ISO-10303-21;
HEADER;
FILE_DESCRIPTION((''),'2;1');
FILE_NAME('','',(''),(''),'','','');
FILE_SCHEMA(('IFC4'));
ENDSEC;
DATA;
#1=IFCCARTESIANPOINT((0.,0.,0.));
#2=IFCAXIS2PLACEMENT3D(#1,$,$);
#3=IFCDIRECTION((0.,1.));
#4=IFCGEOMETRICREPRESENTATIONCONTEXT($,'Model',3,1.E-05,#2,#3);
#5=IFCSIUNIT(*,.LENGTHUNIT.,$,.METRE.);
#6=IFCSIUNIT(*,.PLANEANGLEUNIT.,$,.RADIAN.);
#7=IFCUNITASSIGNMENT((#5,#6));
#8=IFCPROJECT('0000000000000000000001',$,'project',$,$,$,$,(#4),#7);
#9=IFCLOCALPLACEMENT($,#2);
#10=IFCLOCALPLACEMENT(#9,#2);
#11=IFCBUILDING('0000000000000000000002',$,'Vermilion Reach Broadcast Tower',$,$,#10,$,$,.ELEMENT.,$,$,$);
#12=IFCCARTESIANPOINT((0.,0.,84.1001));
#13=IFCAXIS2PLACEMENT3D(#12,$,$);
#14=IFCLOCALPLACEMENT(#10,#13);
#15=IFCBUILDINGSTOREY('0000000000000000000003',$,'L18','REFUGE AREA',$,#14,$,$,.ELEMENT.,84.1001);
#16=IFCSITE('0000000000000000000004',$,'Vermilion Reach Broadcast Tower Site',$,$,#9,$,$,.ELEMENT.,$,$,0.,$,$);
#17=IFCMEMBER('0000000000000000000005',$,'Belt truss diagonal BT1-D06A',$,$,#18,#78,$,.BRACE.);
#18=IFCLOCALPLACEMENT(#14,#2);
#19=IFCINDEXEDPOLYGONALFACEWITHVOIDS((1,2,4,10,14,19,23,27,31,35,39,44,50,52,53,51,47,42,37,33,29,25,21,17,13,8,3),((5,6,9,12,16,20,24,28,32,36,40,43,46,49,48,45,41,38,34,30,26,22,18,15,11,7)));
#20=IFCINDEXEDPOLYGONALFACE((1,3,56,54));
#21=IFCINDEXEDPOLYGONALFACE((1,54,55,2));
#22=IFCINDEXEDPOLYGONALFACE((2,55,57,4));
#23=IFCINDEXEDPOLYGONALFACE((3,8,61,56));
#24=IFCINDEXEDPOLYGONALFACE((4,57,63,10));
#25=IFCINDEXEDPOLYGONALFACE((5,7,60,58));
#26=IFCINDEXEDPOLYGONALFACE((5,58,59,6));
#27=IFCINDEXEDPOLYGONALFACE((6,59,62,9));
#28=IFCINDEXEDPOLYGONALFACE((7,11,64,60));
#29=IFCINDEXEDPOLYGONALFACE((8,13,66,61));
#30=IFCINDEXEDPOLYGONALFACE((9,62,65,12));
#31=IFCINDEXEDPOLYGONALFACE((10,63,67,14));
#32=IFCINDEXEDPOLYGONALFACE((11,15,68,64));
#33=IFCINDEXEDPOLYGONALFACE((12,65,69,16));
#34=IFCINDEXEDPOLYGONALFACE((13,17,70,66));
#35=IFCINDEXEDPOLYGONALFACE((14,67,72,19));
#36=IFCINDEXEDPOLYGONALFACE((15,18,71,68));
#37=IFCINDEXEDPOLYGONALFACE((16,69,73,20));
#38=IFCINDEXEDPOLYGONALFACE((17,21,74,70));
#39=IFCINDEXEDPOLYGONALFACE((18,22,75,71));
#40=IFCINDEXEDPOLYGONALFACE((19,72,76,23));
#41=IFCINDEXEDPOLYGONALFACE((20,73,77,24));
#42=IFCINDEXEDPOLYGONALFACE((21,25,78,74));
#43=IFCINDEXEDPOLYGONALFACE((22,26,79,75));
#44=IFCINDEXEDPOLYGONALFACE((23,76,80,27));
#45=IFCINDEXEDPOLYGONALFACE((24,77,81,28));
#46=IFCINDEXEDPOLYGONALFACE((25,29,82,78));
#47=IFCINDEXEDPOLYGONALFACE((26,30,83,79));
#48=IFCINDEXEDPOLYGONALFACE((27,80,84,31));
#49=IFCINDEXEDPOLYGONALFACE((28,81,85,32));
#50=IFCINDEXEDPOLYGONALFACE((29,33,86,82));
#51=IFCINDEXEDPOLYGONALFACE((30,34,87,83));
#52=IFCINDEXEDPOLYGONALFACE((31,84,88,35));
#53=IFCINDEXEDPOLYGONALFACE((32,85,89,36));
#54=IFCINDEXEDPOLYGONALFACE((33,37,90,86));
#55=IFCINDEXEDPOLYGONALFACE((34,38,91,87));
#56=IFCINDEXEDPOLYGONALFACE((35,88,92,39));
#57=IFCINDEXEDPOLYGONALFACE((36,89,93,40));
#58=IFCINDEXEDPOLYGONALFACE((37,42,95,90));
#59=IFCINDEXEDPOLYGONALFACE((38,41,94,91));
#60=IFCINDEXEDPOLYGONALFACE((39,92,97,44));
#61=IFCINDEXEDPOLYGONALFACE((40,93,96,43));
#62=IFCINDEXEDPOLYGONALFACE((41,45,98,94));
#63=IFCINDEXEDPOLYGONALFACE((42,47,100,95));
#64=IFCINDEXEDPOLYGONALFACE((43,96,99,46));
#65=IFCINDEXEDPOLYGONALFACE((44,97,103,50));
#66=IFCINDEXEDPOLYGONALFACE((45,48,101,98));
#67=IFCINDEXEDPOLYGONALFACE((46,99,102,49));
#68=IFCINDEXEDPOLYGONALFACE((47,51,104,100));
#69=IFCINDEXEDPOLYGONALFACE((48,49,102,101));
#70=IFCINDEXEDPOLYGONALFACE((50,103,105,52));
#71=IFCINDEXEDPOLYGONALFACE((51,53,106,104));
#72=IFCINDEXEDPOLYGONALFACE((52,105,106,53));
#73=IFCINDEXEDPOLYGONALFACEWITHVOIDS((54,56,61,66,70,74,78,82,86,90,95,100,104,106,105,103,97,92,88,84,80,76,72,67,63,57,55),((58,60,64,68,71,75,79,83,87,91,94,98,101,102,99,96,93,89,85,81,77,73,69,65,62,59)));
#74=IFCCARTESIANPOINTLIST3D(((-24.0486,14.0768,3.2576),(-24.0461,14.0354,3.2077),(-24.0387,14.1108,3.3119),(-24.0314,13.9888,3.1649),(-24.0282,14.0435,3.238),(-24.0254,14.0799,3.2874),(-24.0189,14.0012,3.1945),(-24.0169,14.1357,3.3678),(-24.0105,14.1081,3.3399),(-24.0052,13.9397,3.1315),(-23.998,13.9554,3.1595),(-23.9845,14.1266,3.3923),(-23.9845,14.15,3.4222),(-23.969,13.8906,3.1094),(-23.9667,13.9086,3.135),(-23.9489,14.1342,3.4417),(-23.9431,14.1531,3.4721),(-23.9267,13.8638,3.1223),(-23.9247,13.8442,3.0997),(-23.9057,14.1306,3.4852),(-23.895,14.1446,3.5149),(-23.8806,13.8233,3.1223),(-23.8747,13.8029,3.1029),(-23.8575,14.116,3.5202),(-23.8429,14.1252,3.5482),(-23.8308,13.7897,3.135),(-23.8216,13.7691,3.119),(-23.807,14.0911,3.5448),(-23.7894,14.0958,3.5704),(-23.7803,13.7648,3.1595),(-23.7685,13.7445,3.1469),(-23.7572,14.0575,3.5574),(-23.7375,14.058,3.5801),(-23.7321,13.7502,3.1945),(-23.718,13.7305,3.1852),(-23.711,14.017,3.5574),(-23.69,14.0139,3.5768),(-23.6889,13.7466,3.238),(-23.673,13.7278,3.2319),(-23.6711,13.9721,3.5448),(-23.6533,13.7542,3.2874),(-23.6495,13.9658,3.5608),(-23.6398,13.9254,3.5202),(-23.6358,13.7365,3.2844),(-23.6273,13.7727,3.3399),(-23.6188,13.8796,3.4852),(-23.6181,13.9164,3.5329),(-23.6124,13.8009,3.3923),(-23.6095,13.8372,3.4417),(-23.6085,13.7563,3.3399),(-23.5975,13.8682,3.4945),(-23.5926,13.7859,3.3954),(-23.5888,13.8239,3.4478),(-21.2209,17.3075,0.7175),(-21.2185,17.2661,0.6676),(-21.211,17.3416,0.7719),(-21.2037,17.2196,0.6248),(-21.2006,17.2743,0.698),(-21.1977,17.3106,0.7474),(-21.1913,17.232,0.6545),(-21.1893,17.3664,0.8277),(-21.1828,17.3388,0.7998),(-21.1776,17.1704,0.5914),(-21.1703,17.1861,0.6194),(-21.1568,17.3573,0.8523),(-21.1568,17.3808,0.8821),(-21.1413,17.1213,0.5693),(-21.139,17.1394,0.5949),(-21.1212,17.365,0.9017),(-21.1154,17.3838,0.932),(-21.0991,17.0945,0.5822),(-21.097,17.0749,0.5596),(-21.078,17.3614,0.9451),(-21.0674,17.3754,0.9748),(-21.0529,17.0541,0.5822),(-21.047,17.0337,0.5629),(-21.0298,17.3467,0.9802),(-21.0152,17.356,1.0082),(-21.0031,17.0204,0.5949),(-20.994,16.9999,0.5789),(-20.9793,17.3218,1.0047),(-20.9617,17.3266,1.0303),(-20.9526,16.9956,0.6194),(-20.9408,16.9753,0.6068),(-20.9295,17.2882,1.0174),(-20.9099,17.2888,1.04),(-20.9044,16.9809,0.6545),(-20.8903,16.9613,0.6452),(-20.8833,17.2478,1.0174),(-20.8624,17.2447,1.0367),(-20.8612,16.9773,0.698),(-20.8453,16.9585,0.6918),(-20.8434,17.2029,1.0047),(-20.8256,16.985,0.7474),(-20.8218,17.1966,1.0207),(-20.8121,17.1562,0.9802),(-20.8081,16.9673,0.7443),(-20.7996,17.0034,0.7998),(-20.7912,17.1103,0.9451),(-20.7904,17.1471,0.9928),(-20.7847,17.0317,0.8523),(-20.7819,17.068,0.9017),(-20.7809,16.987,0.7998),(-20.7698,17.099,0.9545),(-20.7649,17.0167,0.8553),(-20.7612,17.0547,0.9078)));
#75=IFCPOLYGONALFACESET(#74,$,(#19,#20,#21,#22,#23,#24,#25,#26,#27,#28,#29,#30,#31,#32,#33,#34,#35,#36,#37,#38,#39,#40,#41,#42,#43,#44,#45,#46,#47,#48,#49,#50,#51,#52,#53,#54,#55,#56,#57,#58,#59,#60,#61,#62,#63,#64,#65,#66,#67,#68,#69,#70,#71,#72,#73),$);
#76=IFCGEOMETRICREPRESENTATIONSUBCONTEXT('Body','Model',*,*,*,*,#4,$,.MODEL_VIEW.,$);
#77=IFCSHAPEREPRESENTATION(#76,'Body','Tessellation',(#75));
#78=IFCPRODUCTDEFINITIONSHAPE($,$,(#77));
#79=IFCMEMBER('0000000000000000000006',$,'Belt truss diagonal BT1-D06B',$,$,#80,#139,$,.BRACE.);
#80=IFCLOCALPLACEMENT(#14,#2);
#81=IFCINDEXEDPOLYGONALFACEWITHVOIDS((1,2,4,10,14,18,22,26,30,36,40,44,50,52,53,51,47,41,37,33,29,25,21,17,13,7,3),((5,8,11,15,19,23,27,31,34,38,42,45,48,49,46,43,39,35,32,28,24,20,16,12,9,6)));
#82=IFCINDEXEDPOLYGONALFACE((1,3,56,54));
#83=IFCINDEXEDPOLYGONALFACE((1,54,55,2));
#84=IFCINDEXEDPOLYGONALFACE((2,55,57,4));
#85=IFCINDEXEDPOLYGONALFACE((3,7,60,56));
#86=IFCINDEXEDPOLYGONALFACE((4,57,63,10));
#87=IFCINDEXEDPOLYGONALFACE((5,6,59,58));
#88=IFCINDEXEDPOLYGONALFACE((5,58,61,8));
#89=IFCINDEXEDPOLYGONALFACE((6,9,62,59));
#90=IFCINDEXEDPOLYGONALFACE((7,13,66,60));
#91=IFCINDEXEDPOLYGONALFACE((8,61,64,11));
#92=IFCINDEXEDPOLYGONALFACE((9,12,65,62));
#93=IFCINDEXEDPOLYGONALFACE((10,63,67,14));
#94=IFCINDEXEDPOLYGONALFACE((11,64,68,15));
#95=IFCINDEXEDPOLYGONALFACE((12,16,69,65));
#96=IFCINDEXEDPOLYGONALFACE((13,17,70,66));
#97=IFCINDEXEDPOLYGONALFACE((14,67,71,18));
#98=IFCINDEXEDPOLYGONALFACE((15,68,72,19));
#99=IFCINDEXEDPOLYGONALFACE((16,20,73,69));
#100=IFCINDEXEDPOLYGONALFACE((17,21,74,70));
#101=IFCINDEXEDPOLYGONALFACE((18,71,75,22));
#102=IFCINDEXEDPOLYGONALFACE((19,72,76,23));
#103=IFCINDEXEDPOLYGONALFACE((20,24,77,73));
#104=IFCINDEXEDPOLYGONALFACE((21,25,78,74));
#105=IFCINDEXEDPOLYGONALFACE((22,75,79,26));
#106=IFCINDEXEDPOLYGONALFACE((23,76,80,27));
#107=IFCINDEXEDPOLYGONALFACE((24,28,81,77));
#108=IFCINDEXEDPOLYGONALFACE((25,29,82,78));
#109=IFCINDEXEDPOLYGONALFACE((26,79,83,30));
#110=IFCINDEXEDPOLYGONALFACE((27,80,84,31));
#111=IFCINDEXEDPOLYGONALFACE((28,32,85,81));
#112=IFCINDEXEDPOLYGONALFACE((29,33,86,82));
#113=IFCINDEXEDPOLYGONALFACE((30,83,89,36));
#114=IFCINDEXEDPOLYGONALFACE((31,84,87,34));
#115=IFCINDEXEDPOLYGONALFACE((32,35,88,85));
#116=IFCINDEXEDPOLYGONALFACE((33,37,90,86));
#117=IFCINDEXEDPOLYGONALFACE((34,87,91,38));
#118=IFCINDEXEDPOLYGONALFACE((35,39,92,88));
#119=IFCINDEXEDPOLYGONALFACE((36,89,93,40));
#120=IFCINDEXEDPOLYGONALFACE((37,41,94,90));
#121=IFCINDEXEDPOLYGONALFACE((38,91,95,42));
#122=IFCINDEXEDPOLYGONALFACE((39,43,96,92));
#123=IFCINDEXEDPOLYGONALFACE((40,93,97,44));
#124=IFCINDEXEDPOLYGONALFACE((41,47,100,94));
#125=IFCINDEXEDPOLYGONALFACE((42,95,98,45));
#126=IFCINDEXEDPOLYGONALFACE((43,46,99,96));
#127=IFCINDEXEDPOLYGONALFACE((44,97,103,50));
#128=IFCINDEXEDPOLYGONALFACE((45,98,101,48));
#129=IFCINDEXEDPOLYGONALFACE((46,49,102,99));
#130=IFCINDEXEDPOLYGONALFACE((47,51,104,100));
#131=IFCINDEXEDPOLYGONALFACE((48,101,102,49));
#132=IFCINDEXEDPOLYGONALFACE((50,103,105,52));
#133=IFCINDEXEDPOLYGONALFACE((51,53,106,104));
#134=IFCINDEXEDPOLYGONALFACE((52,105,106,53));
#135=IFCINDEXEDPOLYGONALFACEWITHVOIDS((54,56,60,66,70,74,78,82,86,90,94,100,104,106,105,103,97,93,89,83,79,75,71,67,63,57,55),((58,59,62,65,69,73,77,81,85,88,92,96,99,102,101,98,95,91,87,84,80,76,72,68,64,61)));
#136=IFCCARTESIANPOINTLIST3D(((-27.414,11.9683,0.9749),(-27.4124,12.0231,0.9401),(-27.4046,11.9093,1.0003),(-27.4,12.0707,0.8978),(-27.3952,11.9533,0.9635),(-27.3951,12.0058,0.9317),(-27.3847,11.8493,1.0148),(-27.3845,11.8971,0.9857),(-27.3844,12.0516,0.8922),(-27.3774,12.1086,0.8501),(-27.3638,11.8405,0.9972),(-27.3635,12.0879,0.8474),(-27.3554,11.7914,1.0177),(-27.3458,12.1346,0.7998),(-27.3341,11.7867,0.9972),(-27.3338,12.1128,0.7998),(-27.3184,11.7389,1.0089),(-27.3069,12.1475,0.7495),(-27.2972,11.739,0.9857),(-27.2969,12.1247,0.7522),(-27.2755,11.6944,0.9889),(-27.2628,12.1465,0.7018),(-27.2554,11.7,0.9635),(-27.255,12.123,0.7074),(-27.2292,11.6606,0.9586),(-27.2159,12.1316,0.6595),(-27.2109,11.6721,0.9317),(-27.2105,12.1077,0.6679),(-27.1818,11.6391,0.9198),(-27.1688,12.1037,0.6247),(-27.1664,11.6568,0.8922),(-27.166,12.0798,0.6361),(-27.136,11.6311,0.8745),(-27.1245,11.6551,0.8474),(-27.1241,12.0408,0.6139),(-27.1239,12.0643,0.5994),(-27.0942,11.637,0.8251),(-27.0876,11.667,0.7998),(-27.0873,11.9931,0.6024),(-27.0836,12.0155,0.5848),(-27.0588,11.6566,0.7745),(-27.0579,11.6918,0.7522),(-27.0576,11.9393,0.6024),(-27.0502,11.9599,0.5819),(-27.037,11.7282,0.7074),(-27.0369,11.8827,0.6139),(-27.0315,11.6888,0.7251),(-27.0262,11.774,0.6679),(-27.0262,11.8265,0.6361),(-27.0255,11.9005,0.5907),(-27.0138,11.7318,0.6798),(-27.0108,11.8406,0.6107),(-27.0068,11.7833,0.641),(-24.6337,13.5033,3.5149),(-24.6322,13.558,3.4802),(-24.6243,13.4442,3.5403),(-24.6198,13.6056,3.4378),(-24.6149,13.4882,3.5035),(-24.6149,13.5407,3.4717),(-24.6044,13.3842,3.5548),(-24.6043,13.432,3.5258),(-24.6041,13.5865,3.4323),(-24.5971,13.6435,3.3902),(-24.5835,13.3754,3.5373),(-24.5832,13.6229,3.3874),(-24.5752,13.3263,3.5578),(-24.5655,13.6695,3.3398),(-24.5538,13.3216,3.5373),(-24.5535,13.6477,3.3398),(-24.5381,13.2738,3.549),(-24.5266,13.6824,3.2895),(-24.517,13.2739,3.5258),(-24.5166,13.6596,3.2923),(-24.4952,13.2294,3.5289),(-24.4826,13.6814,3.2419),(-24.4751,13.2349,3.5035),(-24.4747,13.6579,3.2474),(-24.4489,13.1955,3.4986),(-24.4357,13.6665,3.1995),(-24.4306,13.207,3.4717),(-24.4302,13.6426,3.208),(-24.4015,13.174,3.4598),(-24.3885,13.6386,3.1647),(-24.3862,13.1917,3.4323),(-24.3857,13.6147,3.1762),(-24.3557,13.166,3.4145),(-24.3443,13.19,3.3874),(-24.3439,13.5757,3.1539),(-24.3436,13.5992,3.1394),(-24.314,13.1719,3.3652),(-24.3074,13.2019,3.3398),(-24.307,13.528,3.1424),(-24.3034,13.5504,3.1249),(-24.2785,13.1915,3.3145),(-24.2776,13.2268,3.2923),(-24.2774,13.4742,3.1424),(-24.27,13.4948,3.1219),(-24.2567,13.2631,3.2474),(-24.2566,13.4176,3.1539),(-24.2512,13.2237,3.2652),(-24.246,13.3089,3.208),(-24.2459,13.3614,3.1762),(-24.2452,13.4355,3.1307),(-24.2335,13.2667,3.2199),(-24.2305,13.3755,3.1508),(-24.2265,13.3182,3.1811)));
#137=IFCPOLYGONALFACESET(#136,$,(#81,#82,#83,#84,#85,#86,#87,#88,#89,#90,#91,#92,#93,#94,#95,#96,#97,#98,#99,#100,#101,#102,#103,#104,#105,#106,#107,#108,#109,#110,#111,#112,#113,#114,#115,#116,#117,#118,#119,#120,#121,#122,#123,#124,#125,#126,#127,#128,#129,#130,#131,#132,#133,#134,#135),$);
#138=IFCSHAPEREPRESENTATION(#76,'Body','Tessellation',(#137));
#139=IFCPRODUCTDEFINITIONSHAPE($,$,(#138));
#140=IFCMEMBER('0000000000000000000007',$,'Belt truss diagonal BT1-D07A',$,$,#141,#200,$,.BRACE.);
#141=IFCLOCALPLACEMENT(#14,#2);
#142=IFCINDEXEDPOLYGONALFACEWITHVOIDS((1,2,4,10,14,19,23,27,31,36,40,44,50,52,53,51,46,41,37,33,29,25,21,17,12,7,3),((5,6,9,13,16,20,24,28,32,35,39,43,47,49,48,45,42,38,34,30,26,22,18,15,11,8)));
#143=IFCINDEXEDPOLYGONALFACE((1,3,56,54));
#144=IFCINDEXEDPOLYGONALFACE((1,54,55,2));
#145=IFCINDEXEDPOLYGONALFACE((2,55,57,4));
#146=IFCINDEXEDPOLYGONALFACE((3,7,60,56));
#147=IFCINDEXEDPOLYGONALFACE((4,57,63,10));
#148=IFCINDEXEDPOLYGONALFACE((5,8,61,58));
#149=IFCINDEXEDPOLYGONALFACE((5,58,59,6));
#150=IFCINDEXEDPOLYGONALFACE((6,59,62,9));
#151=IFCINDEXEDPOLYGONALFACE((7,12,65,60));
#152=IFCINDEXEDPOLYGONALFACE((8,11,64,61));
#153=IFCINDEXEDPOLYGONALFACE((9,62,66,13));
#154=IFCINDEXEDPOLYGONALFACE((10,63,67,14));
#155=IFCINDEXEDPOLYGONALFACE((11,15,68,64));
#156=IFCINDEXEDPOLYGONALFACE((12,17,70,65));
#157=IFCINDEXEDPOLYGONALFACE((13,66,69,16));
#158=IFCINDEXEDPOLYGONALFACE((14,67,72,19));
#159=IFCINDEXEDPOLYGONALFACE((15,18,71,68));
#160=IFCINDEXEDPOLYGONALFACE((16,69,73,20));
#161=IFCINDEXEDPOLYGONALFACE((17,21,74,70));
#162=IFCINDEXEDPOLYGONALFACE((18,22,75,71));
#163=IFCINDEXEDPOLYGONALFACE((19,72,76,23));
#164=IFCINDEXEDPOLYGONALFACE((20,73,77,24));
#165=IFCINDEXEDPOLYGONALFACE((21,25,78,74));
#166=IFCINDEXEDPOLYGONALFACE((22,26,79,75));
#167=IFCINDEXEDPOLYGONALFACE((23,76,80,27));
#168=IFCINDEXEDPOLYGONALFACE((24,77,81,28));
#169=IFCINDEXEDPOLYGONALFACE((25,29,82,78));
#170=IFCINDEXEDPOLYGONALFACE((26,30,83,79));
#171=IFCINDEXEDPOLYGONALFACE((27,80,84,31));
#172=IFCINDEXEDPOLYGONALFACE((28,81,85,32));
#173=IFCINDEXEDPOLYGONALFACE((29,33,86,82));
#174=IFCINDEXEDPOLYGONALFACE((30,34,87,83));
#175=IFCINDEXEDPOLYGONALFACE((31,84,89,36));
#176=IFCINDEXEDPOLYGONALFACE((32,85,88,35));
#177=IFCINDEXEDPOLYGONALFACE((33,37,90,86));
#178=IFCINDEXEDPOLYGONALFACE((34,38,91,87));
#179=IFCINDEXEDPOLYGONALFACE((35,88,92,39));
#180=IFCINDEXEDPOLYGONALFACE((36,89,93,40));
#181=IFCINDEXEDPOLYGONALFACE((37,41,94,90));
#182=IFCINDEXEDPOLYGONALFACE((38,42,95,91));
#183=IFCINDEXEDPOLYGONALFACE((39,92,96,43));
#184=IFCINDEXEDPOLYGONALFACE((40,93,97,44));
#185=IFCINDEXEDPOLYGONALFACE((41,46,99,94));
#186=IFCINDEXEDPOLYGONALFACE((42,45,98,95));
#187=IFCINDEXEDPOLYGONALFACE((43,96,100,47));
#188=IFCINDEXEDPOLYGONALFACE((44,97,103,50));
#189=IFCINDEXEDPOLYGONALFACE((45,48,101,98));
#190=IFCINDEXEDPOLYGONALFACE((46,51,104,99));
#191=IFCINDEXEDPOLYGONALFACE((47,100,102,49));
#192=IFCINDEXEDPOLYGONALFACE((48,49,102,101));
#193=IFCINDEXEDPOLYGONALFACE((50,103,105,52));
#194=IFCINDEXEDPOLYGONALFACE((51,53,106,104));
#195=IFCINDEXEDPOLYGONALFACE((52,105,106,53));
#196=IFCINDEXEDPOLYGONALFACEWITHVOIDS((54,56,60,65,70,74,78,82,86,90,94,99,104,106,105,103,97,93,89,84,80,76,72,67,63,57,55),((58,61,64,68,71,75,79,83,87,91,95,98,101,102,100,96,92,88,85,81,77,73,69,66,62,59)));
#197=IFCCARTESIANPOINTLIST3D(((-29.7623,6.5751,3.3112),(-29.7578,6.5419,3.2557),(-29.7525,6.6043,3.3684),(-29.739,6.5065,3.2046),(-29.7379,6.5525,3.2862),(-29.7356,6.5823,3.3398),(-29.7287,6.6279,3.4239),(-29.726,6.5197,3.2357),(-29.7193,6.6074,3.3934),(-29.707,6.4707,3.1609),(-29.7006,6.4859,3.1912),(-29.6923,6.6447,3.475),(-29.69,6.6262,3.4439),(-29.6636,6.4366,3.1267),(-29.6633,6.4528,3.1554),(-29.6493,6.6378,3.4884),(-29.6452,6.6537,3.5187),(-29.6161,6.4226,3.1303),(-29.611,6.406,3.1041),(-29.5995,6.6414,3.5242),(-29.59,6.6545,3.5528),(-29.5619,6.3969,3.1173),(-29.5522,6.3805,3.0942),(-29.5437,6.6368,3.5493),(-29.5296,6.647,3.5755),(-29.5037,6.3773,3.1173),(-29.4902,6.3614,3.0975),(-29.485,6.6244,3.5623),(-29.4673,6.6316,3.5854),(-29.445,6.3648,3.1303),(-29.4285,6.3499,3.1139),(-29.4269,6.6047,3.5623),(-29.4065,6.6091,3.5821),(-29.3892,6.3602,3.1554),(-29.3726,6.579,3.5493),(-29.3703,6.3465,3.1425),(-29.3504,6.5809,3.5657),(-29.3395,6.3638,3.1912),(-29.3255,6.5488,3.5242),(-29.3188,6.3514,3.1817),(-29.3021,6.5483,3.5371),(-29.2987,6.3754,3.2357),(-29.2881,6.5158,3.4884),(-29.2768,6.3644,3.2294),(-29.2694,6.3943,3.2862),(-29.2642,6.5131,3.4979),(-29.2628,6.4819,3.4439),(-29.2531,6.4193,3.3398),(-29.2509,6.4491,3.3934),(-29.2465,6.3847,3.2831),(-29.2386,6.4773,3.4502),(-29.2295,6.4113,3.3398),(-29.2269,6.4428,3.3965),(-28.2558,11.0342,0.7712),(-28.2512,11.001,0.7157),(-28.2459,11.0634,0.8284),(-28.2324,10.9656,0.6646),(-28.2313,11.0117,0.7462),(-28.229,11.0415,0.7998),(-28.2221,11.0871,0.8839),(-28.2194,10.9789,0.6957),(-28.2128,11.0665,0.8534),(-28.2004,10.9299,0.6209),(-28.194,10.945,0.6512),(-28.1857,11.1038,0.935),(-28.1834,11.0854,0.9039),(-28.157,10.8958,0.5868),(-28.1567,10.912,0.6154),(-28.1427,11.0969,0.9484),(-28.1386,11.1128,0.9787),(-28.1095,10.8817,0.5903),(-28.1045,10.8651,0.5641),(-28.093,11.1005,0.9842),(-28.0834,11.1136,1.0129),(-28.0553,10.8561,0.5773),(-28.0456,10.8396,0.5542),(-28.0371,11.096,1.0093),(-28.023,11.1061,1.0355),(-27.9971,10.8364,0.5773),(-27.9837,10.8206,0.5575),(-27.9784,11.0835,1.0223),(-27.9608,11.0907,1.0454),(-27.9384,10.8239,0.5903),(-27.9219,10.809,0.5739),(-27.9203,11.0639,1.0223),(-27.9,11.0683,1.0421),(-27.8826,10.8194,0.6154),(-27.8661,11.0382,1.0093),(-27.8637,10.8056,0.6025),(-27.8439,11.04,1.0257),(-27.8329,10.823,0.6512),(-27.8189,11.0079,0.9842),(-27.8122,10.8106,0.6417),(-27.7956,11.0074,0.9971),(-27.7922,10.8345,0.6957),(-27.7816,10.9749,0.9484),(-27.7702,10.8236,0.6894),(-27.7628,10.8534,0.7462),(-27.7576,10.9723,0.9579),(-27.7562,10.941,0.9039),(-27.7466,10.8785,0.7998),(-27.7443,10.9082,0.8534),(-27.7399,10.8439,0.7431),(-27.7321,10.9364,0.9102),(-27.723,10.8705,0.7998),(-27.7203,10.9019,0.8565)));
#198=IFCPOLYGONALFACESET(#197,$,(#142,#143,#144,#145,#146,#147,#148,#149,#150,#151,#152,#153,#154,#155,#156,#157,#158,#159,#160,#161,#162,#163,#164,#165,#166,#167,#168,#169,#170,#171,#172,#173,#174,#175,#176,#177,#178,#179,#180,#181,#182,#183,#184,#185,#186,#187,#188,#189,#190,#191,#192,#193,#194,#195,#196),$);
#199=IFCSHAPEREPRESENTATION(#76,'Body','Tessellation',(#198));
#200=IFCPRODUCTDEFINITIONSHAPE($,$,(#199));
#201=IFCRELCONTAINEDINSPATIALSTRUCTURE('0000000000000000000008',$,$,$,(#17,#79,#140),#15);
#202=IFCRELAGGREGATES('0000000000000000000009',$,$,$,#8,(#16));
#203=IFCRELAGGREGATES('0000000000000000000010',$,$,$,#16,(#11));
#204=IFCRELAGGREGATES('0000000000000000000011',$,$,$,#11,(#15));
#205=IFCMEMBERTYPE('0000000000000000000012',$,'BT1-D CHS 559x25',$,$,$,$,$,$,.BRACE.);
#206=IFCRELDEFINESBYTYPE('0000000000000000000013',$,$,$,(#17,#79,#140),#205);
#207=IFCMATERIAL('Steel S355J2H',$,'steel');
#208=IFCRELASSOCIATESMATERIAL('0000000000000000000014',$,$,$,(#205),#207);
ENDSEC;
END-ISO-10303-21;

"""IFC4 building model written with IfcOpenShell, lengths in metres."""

from ifc_helpers import new_model, si_unit, direction, frame, origin, origin_2d, place, context, subcontext, project, spatial, hollow_circle, extrude, material, material_profile, profile_set, type_object, element, save


model = new_model("IFC4")

# Units and contexts
model_context = context("Model", 3, precision=1e-05, world=origin(), true_north=direction((0.0, 1.0)))
body_context = subcontext(model_context, "Body", "Model", "MODEL_VIEW")
ifc_project = project(units=[si_unit("LENGTHUNIT", "METRE"), si_unit("PLANEANGLEUNIT", "RADIAN")], contexts=[model_context])

# Site, building, storey
site_placement = place(None, origin())
site = spatial("IfcSite", under=ifc_project, at=site_placement, Name="Vermilion Reach Broadcast Tower Site", CompositionType="ELEMENT", RefElevation=0.0)
building_placement = place(site_placement, origin())
building = spatial("IfcBuilding", under=site, at=building_placement, Name="Vermilion Reach Broadcast Tower", CompositionType="ELEMENT")
storey_placement = place(building_placement, frame((0.0, 0.0, 84.1001)))
storey = spatial("IfcBuildingStorey", under=building, at=storey_placement, Name="L18", Description="REFUGE AREA", CompositionType="ELEMENT", Elevation=84.1001)

# Members
ifc_material_1 = material(Name="Steel S355J2H", Category="steel")
ifc_material_profile_1 = material_profile(ifc_material_1, hollow_circle(Radius=0.2795, WallThickness=0.0249, at=origin_2d()), Name="S355J2H CHS 559x25")
ifc_profile_set_1 = profile_set([ifc_material_profile_1], Name="Steel S355J2H")
member_type_1 = type_object("IfcMemberType", Name="BT1-D CHS 559x25", PredefinedType="BRACE", material=ifc_profile_set_1)
member_1_placement = place(storey_placement, frame((-20.9912, 17.1711, 0.7998), z_axis=(-0.566834, -0.647636, 0.509182), x_axis=(0.752489, -0.658605, 0.0)))
element("IfcMember", 1, at=member_1_placement, inside=storey, type_object=member_type_1, Name="Belt truss diagonal BT1-D06A", PredefinedType="BRACE", context=body_context, shape_type="SweptSolid", body=[
    extrude(hollow_circle(Radius=0.2795, WallThickness=0.0249, at=origin_2d()), origin(), (0.0, 0.0, 1.0), 4.9885),
])
member_2_placement = place(storey_placement, frame((-27.2107, 11.8899, 0.7998), z_axis=(0.683676, 0.377439, 0.624602), x_axis=(-0.483311, 0.875449, 0.0)))
element("IfcMember", 2, at=member_2_placement, inside=storey, type_object=member_type_1, Name="Belt truss diagonal BT1-D06B", PredefinedType="BRACE", context=body_context, shape_type="SweptSolid", body=[
    extrude(hollow_circle(Radius=0.2795, WallThickness=0.0249, at=origin_2d()), origin(), (0.0, 0.0, 1.0), 4.0667),
])
member_3_placement = place(storey_placement, frame((-27.9878, 10.96, 0.7998), z_axis=(-0.281685, -0.833736, 0.474908), x_axis=(0.947389, -0.320084, 0.0)))
element("IfcMember", 3, at=member_3_placement, inside=storey, type_object=member_type_1, Name="Belt truss diagonal BT1-D07A", PredefinedType="BRACE", context=body_context, shape_type="SweptSolid", body=[
    extrude(hollow_circle(Radius=0.2795, WallThickness=0.0249, at=origin_2d()), origin(), (0.0, 0.0, 1.0), 5.3484),
])

save(model, "model.ifc")
